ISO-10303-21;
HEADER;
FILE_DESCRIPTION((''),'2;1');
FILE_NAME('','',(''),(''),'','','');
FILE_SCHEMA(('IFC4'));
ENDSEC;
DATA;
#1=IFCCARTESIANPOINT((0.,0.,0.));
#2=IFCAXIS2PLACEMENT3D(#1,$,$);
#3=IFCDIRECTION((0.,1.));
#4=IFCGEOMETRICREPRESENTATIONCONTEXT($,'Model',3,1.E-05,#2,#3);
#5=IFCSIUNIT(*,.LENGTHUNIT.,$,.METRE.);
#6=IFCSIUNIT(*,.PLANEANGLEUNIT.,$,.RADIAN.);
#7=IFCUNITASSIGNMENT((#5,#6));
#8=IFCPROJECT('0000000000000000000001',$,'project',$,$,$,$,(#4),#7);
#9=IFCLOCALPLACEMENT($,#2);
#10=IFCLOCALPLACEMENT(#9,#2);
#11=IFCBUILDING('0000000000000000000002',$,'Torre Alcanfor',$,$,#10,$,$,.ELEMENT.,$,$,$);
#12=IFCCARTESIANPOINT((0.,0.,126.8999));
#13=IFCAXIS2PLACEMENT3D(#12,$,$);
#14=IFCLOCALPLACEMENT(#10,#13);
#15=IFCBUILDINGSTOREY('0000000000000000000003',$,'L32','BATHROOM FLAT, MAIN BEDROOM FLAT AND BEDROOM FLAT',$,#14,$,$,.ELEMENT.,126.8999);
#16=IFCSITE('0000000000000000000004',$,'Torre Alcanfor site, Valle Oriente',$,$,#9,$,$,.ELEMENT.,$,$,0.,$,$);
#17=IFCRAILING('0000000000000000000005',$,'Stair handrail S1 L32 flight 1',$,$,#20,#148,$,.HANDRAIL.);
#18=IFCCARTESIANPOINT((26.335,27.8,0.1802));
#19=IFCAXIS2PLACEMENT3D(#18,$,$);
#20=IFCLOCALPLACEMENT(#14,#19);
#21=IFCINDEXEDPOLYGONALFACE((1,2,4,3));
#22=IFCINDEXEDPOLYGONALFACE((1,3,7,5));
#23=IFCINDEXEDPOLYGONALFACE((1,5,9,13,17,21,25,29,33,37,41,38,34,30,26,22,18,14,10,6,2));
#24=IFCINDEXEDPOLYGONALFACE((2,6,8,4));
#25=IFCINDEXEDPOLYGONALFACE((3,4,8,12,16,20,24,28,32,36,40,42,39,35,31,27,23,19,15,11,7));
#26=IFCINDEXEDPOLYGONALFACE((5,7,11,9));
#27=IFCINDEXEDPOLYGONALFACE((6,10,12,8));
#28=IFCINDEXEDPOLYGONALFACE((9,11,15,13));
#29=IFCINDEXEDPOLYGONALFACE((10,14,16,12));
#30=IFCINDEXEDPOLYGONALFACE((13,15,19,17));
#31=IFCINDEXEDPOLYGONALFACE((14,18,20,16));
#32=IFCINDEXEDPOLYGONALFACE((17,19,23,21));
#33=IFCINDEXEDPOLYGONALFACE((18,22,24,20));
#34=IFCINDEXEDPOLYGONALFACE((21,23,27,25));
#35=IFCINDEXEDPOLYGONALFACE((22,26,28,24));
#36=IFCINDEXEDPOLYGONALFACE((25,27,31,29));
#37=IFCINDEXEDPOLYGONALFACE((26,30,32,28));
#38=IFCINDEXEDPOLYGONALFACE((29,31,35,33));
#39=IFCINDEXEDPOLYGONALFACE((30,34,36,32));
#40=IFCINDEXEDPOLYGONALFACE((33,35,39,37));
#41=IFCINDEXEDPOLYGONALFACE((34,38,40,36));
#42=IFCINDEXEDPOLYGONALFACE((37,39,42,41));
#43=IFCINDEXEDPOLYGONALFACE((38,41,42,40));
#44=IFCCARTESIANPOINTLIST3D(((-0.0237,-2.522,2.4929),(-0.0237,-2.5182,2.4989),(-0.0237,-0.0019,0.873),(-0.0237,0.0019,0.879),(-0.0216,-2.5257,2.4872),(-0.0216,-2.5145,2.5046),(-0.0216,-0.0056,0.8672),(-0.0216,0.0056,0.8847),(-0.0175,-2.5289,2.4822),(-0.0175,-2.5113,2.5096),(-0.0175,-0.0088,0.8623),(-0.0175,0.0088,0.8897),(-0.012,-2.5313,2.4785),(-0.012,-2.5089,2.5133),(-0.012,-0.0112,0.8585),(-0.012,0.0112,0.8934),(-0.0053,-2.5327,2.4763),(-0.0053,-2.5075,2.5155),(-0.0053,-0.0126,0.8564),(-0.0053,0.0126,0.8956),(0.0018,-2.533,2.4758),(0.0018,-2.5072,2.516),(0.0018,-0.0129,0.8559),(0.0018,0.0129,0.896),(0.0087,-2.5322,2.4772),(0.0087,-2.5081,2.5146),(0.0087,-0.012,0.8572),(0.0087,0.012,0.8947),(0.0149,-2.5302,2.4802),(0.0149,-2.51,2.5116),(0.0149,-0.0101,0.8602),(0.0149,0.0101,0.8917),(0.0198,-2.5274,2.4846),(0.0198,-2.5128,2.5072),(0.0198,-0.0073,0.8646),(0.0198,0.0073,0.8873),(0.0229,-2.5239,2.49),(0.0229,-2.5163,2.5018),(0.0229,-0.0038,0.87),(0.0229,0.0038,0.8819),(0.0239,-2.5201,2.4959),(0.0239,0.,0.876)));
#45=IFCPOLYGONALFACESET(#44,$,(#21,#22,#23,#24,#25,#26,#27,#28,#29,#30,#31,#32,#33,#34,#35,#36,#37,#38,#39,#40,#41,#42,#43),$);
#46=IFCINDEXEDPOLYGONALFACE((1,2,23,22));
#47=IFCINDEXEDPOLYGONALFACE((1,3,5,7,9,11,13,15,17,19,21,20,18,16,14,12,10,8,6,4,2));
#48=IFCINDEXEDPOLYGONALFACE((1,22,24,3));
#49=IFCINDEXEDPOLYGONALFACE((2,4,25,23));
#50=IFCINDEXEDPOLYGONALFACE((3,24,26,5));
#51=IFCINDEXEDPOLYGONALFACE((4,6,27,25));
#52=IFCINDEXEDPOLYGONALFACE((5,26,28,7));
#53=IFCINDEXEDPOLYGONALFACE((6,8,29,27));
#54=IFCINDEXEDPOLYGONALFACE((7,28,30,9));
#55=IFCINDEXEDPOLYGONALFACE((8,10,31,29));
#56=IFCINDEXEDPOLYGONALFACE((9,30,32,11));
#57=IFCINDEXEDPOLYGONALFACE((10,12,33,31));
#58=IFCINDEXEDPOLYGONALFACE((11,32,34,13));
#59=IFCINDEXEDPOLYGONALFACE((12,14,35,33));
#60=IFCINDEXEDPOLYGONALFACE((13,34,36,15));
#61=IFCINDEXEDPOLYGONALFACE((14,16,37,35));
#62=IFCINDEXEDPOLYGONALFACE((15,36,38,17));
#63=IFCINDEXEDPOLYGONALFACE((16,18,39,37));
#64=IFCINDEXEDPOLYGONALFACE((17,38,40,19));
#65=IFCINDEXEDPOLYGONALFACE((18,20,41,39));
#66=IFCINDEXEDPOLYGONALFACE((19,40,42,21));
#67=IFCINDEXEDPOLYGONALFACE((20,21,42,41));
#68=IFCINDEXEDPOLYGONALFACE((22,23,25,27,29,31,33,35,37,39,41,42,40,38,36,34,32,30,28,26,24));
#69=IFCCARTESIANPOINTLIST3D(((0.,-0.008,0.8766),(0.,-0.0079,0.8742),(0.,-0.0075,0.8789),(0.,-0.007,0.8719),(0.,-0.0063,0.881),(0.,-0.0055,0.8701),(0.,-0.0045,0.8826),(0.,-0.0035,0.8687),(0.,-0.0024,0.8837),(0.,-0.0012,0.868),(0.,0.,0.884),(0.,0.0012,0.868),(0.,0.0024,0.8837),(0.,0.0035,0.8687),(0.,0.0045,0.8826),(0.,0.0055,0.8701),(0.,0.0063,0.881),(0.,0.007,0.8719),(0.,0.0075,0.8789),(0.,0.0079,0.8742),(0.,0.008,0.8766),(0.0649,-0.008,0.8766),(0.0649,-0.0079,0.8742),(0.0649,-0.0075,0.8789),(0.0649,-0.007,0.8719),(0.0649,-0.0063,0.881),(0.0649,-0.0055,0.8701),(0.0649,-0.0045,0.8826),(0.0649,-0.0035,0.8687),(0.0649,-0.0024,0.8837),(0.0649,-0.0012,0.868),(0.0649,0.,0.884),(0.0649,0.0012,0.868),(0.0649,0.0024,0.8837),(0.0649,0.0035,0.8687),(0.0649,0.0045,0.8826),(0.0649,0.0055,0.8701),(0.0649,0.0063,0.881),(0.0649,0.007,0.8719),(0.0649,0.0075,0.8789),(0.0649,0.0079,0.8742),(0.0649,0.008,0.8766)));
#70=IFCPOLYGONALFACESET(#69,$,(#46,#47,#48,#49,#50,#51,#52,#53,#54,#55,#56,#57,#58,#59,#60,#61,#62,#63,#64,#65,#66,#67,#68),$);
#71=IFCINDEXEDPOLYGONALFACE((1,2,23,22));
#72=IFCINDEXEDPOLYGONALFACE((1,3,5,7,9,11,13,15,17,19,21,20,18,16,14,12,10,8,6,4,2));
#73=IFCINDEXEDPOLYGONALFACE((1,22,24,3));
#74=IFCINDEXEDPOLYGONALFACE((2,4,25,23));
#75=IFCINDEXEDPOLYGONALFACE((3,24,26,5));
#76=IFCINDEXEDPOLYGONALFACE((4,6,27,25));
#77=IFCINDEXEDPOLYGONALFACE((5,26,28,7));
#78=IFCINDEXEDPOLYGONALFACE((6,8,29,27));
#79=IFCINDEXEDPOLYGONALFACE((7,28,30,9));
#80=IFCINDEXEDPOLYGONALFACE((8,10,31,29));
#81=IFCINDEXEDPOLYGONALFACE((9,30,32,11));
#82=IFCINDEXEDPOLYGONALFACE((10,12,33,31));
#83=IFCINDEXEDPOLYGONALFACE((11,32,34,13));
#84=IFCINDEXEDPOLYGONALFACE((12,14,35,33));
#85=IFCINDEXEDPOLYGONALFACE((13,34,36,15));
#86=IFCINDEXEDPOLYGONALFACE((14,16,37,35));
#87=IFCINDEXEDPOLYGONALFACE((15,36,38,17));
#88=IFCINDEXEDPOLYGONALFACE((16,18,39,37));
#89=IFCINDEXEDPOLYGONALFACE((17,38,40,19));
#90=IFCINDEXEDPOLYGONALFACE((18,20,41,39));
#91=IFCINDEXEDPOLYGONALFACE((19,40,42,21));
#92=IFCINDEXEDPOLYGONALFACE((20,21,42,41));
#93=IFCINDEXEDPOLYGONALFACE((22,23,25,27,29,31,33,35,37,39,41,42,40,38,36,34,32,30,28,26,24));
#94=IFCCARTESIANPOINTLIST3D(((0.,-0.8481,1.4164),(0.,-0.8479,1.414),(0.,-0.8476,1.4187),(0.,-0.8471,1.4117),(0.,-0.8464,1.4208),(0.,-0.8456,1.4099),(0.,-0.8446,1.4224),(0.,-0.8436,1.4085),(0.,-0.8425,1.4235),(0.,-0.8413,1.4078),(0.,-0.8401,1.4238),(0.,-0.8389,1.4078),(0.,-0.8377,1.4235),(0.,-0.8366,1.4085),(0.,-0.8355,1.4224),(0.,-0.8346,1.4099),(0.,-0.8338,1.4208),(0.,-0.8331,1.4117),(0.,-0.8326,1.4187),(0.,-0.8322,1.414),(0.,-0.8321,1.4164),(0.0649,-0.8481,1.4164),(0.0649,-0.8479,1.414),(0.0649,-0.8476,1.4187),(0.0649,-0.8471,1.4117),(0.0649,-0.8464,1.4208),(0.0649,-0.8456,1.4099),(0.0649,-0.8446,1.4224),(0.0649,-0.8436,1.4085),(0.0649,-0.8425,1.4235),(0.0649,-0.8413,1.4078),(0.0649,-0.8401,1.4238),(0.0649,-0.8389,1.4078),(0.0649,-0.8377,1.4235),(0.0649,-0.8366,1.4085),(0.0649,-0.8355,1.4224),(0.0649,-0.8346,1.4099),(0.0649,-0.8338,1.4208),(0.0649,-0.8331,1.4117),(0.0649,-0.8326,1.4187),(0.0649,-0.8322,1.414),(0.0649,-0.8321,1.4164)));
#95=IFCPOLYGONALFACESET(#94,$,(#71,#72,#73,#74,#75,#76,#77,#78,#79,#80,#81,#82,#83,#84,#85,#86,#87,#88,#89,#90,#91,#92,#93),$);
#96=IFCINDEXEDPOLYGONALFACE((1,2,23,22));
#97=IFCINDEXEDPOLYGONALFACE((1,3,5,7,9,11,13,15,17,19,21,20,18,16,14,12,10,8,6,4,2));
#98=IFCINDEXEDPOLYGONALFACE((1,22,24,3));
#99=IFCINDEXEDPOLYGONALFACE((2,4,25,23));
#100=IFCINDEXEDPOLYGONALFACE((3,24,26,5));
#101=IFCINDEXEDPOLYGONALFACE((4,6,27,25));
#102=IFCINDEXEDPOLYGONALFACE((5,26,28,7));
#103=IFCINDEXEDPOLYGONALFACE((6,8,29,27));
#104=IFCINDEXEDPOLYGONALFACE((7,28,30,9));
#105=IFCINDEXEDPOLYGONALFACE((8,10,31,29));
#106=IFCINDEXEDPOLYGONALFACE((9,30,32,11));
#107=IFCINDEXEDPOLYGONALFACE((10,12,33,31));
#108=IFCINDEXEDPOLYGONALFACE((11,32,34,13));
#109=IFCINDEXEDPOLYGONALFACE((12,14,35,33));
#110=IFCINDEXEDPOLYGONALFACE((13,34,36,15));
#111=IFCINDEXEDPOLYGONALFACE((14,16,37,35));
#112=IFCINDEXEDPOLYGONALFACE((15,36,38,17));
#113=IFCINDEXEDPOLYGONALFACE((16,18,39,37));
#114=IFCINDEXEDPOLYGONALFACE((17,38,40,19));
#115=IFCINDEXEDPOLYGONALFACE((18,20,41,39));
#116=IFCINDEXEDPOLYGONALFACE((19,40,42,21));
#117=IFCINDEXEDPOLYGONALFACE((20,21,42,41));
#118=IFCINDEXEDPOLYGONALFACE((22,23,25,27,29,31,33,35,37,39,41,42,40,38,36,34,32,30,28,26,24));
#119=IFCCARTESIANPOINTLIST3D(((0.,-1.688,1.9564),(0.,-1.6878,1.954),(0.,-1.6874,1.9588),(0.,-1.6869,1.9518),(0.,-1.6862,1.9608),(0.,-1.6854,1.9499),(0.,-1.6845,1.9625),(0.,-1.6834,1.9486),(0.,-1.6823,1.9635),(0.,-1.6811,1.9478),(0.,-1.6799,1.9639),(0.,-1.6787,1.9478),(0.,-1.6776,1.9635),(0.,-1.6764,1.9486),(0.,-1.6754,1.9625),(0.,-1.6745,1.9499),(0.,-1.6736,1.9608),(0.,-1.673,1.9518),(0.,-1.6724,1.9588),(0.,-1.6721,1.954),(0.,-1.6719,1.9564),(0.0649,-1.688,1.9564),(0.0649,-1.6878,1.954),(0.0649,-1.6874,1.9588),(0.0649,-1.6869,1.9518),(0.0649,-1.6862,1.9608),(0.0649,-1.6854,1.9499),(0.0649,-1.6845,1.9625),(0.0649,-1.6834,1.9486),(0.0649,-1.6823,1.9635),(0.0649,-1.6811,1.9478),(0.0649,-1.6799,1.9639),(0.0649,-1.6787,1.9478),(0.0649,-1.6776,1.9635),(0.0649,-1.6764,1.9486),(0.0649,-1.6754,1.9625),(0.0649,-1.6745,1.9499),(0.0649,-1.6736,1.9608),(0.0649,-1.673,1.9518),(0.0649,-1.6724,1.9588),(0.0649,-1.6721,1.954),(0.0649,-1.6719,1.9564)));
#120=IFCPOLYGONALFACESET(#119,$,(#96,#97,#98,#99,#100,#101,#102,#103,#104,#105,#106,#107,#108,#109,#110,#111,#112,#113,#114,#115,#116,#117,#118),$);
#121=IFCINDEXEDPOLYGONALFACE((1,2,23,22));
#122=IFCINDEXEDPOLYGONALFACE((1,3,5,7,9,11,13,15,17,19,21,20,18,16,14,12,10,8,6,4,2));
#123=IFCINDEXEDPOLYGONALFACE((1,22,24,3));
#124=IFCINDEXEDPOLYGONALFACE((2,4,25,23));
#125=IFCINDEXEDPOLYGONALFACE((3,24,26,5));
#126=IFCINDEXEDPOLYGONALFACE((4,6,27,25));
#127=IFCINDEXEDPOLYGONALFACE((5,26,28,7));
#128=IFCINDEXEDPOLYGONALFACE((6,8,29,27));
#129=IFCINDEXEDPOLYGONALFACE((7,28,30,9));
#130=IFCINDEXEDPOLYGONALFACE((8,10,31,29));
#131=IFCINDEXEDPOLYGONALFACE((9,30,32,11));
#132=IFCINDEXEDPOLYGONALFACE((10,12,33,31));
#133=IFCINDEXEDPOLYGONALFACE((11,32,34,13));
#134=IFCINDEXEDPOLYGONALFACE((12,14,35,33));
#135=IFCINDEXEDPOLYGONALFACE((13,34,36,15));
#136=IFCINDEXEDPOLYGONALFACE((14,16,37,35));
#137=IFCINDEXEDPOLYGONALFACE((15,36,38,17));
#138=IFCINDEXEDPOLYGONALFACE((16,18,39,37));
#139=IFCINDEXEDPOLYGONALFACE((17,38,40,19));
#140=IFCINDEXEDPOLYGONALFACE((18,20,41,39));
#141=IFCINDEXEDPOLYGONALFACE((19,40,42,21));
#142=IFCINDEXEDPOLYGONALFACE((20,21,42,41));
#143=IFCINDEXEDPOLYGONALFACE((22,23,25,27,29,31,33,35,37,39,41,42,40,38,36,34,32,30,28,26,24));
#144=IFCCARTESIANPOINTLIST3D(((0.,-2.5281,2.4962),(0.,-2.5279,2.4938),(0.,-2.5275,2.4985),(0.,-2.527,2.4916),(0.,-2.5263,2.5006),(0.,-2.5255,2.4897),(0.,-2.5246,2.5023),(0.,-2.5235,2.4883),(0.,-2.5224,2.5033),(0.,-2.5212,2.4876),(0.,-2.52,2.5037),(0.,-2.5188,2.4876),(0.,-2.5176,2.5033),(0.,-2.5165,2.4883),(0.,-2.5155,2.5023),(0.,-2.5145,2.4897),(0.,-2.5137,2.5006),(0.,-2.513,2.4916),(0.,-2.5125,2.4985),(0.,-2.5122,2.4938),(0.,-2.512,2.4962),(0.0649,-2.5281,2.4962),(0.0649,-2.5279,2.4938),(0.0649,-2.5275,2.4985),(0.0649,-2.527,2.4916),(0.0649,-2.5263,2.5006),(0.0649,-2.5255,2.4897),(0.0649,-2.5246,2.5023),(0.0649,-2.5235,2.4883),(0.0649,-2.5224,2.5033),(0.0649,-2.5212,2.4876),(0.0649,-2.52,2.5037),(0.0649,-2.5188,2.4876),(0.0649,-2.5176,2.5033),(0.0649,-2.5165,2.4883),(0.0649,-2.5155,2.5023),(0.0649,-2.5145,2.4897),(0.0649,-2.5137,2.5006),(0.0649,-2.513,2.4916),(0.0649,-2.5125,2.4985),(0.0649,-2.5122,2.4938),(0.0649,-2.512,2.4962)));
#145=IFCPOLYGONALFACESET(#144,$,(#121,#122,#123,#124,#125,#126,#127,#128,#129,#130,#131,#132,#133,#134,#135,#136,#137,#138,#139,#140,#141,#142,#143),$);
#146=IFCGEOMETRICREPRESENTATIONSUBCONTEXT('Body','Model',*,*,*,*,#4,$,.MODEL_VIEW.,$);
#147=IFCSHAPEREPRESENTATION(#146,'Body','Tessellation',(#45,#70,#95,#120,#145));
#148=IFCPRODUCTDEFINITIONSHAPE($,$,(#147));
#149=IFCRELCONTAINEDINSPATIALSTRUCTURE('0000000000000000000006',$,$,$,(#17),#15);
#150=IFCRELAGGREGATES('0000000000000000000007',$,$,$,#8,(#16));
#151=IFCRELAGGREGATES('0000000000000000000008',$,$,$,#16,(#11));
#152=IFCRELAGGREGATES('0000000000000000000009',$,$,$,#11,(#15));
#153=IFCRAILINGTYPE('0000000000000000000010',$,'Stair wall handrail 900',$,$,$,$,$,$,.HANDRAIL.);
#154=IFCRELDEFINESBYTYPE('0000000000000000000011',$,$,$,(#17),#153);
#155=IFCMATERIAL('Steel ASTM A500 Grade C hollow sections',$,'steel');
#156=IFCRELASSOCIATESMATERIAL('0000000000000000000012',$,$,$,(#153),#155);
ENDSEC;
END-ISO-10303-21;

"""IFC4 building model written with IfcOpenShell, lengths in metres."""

from ifc_helpers import new_model, si_unit, direction, frame, origin, origin_2d, place, context, subcontext, project, spatial, circle, extrude, material, type_object, element, save


model = new_model("IFC4")

# Units and contexts
model_context = context("Model", 3, precision=1e-05, world=origin(), true_north=direction((0.0, 1.0)))
body_context = subcontext(model_context, "Body", "Model", "MODEL_VIEW")
ifc_project = project(units=[si_unit("LENGTHUNIT", "METRE"), si_unit("PLANEANGLEUNIT", "RADIAN")], contexts=[model_context])

# Site, building, storey
site_placement = place(None, origin())
site = spatial("IfcSite", under=ifc_project, at=site_placement, Name="Torre Alcanfor site, Valle Oriente", CompositionType="ELEMENT", RefElevation=0.0)
building_placement = place(site_placement, origin())
building = spatial("IfcBuilding", under=site, at=building_placement, Name="Torre Alcanfor", CompositionType="ELEMENT")
storey_placement = place(building_placement, frame((0.0, 0.0, 126.8999)))
storey = spatial("IfcBuildingStorey", under=building, at=storey_placement, Name="L32", Description="BATHROOM FLAT, MAIN BEDROOM FLAT AND BEDROOM FLAT", CompositionType="ELEMENT", Elevation=126.8999)

# Railing
ifc_material_1 = material(Name="Steel ASTM A500 Grade C hollow sections", Category="steel")
railing_type_1 = type_object("IfcRailingType", Name="Stair wall handrail 900", PredefinedType="HANDRAIL", material=ifc_material_1)
railing_1_placement = place(storey_placement, frame((26.335, 27.8, 0.1802)))
element("IfcRailing", 1, at=railing_1_placement, inside=storey, type_object=railing_type_1, Name="Stair handrail S1 L32 flight 1", PredefinedType="HANDRAIL", context=body_context, shape_type="SweptSolid", body=[
    extrude(circle(Radius=0.0239, at=origin_2d()), frame((0.0, 0.0, 0.876), z_axis=(0.0, -0.8412, 0.540725), x_axis=(1.0, 0.0, 0.0)), (0.0, 0.0, 1.0), 2.9958),
    extrude(circle(Radius=0.0081, at=origin_2d()), frame((0.0, 0.0, 0.876), z_axis=(1.0, 0.0, 0.0), x_axis=(0.0, 0.0, 1.0)), (0.0, 0.0, 1.0), 0.0649),
    extrude(circle(Radius=0.0081, at=origin_2d()), frame((0.0, -0.8401, 1.4158), z_axis=(1.0, 0.0, 0.0), x_axis=(0.0, 0.0, 1.0)), (0.0, 0.0, 1.0), 0.0649),
    extrude(circle(Radius=0.0081, at=origin_2d()), frame((0.0, -1.6799, 1.9558), z_axis=(1.0, 0.0, 0.0), x_axis=(0.0, 0.0, 1.0)), (0.0, 0.0, 1.0), 0.0649),
    extrude(circle(Radius=0.0081, at=origin_2d()), frame((0.0, -2.52, 2.4956), z_axis=(1.0, 0.0, 0.0), x_axis=(0.0, 0.0, 1.0)), (0.0, 0.0, 1.0), 0.0649),
])

save(model, "model.ifc")
